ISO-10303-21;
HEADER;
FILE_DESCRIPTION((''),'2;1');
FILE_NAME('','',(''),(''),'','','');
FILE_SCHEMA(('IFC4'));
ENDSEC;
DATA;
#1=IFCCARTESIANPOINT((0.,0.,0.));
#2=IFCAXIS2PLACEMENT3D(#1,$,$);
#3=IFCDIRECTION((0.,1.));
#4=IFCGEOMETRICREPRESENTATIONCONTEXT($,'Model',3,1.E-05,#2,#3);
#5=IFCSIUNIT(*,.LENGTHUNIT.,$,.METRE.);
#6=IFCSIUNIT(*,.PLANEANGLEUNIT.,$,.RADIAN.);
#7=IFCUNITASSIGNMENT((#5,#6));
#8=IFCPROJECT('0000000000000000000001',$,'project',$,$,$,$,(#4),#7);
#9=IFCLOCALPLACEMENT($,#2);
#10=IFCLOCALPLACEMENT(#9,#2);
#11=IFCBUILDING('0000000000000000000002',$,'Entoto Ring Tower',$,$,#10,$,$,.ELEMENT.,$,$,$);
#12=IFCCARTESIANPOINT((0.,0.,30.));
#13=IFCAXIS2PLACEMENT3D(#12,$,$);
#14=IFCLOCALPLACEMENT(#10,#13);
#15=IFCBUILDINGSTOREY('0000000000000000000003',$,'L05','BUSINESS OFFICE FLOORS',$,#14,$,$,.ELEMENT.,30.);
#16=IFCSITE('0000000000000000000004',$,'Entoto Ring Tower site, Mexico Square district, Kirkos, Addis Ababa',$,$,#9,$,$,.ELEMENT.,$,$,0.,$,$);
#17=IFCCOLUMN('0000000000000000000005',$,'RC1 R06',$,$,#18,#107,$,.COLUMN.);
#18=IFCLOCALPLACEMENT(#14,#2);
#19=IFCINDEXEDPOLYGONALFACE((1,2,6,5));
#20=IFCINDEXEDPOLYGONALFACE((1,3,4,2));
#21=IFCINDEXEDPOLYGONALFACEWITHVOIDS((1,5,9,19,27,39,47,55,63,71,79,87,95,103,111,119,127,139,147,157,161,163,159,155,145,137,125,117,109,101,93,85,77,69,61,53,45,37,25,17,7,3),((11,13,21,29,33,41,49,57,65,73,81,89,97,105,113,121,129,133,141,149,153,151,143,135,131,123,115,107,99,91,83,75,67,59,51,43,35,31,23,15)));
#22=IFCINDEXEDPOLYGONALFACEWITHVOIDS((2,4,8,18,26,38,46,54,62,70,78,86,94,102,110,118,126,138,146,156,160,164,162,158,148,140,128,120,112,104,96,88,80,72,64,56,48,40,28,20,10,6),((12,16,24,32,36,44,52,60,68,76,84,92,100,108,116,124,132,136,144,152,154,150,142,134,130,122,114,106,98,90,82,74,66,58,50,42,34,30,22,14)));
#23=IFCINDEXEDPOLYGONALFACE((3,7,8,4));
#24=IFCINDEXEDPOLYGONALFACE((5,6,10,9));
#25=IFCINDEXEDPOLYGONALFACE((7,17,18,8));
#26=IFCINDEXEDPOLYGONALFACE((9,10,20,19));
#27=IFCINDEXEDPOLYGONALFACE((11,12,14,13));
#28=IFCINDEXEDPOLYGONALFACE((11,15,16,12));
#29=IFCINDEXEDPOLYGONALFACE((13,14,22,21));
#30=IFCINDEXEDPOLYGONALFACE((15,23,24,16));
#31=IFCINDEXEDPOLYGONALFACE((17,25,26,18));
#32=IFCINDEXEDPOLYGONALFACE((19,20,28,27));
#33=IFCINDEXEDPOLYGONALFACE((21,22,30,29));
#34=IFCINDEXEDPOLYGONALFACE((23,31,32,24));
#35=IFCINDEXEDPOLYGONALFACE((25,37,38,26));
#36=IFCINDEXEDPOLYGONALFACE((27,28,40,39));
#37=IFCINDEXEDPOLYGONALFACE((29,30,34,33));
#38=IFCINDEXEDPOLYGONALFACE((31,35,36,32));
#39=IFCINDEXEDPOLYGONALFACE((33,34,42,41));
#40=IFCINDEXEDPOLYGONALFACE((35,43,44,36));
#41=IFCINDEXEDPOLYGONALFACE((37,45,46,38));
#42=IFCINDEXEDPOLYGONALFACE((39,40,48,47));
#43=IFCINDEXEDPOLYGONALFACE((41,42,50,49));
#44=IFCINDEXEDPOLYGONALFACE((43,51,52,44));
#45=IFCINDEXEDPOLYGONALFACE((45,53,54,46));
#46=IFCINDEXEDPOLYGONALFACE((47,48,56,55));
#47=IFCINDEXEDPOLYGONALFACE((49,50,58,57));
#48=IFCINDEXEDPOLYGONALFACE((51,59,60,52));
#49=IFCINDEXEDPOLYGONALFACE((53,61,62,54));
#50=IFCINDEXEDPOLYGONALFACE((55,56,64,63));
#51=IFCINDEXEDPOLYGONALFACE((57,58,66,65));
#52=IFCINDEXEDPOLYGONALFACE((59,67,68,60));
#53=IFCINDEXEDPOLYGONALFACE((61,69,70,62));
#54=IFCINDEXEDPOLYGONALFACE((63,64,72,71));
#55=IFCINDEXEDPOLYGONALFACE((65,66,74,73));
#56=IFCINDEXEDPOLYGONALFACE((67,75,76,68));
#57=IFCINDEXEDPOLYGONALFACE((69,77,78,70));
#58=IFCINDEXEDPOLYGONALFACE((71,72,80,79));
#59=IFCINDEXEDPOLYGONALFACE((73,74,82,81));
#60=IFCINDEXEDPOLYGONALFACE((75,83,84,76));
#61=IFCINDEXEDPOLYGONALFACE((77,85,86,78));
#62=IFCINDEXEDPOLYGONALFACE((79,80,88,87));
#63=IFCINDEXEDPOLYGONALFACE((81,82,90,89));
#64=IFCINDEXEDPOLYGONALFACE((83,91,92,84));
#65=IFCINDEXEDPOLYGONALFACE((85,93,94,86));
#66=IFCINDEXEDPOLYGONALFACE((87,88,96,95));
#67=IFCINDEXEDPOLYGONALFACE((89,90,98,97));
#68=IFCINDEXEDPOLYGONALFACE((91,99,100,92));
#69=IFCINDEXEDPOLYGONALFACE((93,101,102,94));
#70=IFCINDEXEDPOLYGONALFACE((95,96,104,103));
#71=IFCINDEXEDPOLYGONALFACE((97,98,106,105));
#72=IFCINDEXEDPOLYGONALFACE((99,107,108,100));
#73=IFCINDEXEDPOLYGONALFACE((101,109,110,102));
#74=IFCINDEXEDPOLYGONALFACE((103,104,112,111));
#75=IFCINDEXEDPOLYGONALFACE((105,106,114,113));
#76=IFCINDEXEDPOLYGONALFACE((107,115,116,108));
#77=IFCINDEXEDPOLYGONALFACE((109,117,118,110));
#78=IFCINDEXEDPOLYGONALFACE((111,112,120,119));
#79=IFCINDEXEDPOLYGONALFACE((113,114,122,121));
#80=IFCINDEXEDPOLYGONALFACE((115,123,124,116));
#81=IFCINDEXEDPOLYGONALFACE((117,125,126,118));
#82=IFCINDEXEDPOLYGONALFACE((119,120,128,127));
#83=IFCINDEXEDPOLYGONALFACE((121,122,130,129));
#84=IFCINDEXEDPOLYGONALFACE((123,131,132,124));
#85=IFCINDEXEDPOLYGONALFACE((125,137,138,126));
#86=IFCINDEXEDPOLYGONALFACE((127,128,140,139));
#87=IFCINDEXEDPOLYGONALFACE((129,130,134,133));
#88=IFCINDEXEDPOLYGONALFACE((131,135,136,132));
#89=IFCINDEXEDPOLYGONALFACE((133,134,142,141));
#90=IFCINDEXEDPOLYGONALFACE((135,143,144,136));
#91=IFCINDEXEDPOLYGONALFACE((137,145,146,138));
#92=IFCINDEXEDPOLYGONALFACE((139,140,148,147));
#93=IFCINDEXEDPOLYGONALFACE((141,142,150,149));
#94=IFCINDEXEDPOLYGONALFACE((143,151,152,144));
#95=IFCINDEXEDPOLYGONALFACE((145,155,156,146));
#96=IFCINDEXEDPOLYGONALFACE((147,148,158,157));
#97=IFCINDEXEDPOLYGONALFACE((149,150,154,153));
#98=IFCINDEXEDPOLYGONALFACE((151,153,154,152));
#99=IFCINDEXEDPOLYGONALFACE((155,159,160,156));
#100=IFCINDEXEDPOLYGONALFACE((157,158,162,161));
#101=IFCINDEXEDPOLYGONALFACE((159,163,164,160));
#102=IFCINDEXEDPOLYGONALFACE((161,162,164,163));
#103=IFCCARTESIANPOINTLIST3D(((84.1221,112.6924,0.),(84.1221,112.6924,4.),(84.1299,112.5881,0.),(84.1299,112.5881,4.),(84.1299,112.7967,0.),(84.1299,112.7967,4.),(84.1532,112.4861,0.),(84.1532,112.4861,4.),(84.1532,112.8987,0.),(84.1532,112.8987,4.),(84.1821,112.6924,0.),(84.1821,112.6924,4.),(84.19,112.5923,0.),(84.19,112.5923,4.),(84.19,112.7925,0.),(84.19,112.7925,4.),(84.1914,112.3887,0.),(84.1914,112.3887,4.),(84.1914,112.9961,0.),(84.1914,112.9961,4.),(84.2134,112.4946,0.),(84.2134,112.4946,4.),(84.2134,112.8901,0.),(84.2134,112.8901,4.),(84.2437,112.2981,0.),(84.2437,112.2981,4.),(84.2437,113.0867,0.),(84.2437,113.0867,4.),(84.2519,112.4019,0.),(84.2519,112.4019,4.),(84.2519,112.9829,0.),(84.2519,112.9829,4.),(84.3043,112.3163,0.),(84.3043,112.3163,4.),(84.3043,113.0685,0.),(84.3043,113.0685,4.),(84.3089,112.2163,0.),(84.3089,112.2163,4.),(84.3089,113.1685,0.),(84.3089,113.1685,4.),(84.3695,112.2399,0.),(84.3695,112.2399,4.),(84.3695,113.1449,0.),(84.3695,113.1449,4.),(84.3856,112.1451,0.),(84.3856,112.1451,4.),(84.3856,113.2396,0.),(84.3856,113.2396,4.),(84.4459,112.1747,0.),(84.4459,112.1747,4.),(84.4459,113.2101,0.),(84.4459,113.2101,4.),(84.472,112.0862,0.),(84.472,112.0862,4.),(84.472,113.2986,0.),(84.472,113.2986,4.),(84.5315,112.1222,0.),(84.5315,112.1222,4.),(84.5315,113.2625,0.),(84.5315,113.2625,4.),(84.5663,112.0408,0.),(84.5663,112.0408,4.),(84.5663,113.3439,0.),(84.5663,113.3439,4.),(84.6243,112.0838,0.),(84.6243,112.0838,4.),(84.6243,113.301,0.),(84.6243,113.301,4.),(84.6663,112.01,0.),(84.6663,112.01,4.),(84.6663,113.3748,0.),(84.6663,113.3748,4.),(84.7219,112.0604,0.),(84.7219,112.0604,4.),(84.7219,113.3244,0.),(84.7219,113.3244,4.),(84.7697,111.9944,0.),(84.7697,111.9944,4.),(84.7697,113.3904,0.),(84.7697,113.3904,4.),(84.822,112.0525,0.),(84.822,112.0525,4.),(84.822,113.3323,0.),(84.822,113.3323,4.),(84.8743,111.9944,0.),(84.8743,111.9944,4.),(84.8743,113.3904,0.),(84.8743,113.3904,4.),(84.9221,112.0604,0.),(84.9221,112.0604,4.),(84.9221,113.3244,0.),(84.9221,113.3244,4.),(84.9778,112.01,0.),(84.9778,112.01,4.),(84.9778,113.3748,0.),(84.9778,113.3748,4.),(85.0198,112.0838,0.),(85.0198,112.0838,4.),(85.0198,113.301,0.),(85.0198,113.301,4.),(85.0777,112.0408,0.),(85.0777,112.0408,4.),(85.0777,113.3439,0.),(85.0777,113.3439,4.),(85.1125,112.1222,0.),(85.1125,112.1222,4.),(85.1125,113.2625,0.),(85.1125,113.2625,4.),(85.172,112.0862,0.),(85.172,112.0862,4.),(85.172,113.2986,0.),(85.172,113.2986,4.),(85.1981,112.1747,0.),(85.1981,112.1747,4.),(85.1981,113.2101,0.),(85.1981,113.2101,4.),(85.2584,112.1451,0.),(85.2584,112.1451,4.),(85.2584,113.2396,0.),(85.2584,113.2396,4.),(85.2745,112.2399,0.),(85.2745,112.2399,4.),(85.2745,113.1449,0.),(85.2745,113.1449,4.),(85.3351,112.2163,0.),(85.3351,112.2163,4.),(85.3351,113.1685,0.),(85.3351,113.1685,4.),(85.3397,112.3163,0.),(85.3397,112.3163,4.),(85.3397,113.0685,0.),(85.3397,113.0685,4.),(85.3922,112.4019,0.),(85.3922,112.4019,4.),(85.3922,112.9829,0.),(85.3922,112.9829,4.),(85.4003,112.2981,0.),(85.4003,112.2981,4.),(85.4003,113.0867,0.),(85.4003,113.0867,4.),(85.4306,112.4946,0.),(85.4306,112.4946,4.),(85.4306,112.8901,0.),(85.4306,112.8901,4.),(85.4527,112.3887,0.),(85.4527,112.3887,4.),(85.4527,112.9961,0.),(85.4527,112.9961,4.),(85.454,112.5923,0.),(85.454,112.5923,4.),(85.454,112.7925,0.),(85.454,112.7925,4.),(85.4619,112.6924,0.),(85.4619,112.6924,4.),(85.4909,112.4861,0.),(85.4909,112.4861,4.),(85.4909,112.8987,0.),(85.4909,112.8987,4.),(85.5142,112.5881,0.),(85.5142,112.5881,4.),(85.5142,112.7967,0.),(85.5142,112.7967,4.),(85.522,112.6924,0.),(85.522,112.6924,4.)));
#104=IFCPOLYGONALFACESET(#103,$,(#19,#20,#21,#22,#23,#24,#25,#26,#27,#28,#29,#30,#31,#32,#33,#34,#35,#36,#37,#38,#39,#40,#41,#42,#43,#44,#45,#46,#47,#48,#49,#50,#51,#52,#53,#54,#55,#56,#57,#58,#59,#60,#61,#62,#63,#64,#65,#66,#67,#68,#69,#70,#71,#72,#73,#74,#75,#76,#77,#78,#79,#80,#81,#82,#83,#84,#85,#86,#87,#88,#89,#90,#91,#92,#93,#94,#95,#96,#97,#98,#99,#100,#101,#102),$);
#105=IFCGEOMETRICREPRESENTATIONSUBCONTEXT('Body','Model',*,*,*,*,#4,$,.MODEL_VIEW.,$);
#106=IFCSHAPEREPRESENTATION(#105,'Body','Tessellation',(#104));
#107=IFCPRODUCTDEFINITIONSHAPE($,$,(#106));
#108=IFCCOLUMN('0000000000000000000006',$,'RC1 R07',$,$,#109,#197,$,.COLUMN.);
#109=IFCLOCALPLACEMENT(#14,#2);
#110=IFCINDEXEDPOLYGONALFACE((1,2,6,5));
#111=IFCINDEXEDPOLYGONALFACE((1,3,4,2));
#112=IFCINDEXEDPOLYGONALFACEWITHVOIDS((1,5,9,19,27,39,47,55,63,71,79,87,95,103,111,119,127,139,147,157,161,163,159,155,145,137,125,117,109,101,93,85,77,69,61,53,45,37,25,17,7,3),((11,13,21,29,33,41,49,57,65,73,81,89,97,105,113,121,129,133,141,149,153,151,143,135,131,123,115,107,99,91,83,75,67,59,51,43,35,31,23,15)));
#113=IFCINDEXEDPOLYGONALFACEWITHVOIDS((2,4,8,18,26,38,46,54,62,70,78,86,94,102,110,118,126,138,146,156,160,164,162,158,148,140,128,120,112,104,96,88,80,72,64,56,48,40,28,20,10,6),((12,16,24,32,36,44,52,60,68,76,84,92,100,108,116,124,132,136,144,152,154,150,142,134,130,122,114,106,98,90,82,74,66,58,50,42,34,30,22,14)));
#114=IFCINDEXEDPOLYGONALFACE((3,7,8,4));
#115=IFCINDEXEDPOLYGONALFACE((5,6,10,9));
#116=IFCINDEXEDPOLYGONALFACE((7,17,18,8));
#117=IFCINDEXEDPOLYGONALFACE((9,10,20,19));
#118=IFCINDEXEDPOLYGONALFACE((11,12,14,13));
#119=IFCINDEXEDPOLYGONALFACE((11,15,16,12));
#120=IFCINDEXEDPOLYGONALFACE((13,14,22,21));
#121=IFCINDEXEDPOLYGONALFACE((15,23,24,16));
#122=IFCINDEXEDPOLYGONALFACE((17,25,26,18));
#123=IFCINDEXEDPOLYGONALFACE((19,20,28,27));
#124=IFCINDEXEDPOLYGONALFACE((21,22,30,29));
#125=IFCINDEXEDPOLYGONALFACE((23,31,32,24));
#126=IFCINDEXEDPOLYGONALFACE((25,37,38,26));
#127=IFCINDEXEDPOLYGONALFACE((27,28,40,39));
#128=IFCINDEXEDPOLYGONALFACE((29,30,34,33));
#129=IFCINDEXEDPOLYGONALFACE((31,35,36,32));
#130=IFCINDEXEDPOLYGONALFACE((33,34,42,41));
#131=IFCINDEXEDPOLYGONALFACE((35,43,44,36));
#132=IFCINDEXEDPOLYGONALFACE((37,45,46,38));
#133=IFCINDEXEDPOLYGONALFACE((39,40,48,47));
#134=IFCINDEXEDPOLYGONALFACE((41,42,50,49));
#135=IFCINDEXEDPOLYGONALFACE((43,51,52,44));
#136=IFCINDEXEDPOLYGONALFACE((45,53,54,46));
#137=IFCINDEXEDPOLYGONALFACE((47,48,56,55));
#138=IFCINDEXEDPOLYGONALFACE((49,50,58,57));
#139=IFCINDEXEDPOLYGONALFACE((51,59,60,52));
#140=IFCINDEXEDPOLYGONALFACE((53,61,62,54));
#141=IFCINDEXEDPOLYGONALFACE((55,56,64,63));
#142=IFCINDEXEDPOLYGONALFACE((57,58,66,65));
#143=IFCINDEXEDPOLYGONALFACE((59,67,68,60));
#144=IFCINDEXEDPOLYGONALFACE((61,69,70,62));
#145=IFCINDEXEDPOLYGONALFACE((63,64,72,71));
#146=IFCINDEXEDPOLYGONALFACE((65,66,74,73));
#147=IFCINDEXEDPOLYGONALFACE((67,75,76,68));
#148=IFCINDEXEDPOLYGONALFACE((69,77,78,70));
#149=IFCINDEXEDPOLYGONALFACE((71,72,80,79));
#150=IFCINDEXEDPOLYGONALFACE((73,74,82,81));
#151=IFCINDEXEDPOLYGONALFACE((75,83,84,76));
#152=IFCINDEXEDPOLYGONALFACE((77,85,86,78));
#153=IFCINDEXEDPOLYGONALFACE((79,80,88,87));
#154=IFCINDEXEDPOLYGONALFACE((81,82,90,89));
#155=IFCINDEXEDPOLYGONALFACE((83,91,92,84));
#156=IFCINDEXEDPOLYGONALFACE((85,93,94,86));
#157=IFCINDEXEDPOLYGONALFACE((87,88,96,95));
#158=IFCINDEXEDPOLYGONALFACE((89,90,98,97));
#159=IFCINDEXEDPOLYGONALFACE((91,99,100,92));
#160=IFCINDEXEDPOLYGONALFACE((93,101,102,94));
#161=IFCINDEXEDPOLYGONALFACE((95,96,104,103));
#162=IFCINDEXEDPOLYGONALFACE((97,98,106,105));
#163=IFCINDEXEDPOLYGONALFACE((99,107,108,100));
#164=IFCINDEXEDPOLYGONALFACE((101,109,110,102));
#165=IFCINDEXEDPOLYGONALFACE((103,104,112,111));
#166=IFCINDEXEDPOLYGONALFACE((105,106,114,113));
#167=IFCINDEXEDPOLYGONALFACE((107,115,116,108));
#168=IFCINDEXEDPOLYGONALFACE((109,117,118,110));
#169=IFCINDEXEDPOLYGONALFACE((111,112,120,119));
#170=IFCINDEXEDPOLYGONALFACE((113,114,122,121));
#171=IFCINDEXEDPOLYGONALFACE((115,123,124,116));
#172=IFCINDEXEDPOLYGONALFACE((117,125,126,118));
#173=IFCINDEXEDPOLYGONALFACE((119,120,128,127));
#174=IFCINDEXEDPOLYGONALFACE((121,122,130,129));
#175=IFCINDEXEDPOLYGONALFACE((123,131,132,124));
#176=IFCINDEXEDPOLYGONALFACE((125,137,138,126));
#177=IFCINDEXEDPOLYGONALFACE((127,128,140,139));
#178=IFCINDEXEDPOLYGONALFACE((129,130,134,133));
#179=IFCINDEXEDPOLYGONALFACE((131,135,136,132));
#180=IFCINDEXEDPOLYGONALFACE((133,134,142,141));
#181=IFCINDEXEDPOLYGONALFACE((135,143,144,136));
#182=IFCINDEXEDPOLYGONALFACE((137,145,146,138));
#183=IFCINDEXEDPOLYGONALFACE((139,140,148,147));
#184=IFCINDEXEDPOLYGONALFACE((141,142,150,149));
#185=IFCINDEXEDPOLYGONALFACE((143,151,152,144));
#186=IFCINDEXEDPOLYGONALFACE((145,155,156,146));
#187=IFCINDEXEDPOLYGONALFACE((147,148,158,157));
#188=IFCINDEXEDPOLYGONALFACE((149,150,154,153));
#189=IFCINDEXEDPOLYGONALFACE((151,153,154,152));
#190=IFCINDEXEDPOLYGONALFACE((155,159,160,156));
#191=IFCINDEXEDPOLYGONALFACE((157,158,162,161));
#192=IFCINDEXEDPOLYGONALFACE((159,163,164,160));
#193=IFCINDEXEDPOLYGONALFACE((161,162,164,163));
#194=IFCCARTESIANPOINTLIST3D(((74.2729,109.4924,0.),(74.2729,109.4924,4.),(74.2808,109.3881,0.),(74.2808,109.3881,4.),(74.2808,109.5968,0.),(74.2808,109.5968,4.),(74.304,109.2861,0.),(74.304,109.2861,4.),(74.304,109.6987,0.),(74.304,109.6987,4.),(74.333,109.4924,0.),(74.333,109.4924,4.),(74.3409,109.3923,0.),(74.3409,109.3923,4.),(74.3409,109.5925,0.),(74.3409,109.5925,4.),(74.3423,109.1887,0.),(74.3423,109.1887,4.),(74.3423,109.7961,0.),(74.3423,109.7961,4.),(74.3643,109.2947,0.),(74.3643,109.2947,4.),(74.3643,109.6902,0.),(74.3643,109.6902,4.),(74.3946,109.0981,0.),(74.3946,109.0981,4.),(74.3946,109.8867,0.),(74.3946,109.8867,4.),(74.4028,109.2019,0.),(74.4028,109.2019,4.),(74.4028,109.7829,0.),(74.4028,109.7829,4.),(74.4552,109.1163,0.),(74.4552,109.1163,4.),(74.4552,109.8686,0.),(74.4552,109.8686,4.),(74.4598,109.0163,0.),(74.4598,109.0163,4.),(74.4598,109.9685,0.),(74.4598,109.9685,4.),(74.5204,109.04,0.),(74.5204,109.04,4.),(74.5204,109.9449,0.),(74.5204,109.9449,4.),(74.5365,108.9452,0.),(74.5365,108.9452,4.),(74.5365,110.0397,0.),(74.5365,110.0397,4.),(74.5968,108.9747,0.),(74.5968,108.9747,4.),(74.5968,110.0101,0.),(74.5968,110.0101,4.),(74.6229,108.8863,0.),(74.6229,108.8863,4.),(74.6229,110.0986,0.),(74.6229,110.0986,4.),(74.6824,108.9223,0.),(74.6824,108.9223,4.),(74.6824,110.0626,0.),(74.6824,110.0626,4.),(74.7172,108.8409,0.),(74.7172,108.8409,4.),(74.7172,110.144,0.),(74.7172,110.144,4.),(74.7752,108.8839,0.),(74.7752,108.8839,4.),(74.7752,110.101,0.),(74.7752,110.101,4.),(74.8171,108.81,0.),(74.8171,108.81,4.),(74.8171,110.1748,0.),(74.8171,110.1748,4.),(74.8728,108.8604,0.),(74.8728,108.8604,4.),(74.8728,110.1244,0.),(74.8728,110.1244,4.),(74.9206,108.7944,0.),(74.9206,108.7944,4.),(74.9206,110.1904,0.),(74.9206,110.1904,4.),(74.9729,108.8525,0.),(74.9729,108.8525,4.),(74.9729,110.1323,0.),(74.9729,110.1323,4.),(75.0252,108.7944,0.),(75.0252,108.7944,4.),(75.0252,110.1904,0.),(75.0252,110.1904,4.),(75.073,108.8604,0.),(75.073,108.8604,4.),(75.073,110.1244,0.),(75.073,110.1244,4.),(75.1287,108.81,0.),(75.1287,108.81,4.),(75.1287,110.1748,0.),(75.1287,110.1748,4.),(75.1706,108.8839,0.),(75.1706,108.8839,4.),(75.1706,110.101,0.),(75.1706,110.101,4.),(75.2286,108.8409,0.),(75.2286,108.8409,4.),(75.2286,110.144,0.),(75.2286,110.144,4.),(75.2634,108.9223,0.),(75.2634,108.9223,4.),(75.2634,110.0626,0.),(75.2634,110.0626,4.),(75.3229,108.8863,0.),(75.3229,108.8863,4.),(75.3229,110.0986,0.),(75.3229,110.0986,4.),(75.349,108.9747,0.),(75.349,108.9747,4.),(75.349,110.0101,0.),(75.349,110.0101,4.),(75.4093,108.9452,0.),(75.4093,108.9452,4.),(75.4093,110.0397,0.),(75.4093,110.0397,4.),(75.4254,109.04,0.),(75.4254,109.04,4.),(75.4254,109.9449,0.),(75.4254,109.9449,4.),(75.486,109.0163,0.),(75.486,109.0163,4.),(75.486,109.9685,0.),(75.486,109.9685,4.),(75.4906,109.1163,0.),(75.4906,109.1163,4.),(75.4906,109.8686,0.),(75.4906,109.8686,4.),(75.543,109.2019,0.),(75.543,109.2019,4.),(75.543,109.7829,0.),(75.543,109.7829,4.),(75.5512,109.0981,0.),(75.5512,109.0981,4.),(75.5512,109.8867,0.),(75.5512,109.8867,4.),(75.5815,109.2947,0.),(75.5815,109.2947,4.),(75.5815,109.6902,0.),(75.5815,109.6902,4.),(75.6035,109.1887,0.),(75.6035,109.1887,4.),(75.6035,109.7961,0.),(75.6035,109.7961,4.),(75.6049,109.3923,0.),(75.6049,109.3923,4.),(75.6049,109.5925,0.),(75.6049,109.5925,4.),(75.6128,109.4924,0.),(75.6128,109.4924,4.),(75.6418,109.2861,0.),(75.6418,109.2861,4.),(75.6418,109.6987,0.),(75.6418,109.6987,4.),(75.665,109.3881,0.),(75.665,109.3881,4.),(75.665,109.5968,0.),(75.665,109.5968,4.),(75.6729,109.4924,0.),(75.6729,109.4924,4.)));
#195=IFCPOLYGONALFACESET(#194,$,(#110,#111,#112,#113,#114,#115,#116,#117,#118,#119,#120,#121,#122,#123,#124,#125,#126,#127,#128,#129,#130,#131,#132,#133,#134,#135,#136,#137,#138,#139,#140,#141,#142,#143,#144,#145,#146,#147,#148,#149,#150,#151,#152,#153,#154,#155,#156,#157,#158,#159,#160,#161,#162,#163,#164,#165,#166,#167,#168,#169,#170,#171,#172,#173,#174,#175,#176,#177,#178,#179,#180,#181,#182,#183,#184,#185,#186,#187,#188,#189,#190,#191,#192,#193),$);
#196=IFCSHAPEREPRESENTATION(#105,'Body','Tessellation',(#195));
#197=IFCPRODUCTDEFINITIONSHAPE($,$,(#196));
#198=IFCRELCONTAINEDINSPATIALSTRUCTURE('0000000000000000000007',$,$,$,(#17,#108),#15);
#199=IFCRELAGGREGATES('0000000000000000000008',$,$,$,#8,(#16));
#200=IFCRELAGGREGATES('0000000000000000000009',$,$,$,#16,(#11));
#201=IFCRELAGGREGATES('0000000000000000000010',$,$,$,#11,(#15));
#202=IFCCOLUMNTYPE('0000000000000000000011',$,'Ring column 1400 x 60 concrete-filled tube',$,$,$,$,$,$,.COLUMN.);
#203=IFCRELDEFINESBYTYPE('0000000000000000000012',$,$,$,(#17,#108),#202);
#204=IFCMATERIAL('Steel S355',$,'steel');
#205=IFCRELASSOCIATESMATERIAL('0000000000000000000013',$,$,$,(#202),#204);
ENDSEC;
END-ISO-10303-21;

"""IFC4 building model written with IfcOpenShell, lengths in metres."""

from ifc_helpers import new_model, si_unit, direction, frame, origin, origin_2d, place, context, subcontext, project, spatial, circle, hollow_circle, extrude, material, material_profile, profile_set, type_object, element, save


model = new_model("IFC4")

# Units and contexts
model_context = context("Model", 3, precision=1e-05, world=origin(), true_north=direction((0.0, 1.0)))
body_context = subcontext(model_context, "Body", "Model", "MODEL_VIEW")
ifc_project = project(units=[si_unit("LENGTHUNIT", "METRE"), si_unit("PLANEANGLEUNIT", "RADIAN")], contexts=[model_context])

# Site, building, storey
site_placement = place(None, origin())
site = spatial("IfcSite", under=ifc_project, at=site_placement, Name="Entoto Ring Tower site, Mexico Square district, Kirkos, Addis Ababa", CompositionType="ELEMENT", RefElevation=0.0)
building_placement = place(site_placement, origin())
building = spatial("IfcBuilding", under=site, at=building_placement, Name="Entoto Ring Tower", CompositionType="ELEMENT")
storey_placement = place(building_placement, frame((0.0, 0.0, 30.0)))
storey = spatial("IfcBuildingStorey", under=building, at=storey_placement, Name="L05", Description="BUSINESS OFFICE FLOORS", CompositionType="ELEMENT", Elevation=30.0)

# Columns
ifc_material_1 = material(Name="Steel S355", Category="steel")
ifc_material_profile_1 = material_profile(ifc_material_1, hollow_circle(Radius=0.7, WallThickness=0.0601, at=origin_2d()), Name="CHS 1400 x 60")
ifc_material_2 = material(Name="Concrete C60/75", Category="concrete")
ifc_material_profile_2 = material_profile(ifc_material_2, circle(Radius=0.6399, at=origin_2d()), Name="Concrete C60/75 infill")
ifc_profile_set_1 = profile_set([ifc_material_profile_1, ifc_material_profile_2], Name="Steel S355")
column_type = type_object("IfcColumnType", Name="Ring column 1400 x 60 concrete-filled tube", PredefinedType="COLUMN", material=ifc_profile_set_1)
for number, where, z_axis, x_axis, name in (
    (1, (84.822, 112.6924, 0.0), (0.0, 0.0, 1.0), (1.0, 0.0, 0.0), "RC1 R06"),
    (2, (74.9729, 109.4924, 0.0), (0.0, 0.0, 1.0), (1.0, 0.0, 0.0), "RC1 R07"),
):
    element("IfcColumn", number, at=place(storey_placement, frame(where, z_axis=z_axis, x_axis=x_axis)), inside=storey, type_object=column_type, Name=name, PredefinedType="COLUMN", context=body_context, shape_type="SweptSolid", body=[
        extrude(hollow_circle(Radius=0.7, WallThickness=0.0601, at=origin_2d()), origin(), (0.0, 0.0, 1.0), 4.0),
    ])

save(model, "model.ifc")
